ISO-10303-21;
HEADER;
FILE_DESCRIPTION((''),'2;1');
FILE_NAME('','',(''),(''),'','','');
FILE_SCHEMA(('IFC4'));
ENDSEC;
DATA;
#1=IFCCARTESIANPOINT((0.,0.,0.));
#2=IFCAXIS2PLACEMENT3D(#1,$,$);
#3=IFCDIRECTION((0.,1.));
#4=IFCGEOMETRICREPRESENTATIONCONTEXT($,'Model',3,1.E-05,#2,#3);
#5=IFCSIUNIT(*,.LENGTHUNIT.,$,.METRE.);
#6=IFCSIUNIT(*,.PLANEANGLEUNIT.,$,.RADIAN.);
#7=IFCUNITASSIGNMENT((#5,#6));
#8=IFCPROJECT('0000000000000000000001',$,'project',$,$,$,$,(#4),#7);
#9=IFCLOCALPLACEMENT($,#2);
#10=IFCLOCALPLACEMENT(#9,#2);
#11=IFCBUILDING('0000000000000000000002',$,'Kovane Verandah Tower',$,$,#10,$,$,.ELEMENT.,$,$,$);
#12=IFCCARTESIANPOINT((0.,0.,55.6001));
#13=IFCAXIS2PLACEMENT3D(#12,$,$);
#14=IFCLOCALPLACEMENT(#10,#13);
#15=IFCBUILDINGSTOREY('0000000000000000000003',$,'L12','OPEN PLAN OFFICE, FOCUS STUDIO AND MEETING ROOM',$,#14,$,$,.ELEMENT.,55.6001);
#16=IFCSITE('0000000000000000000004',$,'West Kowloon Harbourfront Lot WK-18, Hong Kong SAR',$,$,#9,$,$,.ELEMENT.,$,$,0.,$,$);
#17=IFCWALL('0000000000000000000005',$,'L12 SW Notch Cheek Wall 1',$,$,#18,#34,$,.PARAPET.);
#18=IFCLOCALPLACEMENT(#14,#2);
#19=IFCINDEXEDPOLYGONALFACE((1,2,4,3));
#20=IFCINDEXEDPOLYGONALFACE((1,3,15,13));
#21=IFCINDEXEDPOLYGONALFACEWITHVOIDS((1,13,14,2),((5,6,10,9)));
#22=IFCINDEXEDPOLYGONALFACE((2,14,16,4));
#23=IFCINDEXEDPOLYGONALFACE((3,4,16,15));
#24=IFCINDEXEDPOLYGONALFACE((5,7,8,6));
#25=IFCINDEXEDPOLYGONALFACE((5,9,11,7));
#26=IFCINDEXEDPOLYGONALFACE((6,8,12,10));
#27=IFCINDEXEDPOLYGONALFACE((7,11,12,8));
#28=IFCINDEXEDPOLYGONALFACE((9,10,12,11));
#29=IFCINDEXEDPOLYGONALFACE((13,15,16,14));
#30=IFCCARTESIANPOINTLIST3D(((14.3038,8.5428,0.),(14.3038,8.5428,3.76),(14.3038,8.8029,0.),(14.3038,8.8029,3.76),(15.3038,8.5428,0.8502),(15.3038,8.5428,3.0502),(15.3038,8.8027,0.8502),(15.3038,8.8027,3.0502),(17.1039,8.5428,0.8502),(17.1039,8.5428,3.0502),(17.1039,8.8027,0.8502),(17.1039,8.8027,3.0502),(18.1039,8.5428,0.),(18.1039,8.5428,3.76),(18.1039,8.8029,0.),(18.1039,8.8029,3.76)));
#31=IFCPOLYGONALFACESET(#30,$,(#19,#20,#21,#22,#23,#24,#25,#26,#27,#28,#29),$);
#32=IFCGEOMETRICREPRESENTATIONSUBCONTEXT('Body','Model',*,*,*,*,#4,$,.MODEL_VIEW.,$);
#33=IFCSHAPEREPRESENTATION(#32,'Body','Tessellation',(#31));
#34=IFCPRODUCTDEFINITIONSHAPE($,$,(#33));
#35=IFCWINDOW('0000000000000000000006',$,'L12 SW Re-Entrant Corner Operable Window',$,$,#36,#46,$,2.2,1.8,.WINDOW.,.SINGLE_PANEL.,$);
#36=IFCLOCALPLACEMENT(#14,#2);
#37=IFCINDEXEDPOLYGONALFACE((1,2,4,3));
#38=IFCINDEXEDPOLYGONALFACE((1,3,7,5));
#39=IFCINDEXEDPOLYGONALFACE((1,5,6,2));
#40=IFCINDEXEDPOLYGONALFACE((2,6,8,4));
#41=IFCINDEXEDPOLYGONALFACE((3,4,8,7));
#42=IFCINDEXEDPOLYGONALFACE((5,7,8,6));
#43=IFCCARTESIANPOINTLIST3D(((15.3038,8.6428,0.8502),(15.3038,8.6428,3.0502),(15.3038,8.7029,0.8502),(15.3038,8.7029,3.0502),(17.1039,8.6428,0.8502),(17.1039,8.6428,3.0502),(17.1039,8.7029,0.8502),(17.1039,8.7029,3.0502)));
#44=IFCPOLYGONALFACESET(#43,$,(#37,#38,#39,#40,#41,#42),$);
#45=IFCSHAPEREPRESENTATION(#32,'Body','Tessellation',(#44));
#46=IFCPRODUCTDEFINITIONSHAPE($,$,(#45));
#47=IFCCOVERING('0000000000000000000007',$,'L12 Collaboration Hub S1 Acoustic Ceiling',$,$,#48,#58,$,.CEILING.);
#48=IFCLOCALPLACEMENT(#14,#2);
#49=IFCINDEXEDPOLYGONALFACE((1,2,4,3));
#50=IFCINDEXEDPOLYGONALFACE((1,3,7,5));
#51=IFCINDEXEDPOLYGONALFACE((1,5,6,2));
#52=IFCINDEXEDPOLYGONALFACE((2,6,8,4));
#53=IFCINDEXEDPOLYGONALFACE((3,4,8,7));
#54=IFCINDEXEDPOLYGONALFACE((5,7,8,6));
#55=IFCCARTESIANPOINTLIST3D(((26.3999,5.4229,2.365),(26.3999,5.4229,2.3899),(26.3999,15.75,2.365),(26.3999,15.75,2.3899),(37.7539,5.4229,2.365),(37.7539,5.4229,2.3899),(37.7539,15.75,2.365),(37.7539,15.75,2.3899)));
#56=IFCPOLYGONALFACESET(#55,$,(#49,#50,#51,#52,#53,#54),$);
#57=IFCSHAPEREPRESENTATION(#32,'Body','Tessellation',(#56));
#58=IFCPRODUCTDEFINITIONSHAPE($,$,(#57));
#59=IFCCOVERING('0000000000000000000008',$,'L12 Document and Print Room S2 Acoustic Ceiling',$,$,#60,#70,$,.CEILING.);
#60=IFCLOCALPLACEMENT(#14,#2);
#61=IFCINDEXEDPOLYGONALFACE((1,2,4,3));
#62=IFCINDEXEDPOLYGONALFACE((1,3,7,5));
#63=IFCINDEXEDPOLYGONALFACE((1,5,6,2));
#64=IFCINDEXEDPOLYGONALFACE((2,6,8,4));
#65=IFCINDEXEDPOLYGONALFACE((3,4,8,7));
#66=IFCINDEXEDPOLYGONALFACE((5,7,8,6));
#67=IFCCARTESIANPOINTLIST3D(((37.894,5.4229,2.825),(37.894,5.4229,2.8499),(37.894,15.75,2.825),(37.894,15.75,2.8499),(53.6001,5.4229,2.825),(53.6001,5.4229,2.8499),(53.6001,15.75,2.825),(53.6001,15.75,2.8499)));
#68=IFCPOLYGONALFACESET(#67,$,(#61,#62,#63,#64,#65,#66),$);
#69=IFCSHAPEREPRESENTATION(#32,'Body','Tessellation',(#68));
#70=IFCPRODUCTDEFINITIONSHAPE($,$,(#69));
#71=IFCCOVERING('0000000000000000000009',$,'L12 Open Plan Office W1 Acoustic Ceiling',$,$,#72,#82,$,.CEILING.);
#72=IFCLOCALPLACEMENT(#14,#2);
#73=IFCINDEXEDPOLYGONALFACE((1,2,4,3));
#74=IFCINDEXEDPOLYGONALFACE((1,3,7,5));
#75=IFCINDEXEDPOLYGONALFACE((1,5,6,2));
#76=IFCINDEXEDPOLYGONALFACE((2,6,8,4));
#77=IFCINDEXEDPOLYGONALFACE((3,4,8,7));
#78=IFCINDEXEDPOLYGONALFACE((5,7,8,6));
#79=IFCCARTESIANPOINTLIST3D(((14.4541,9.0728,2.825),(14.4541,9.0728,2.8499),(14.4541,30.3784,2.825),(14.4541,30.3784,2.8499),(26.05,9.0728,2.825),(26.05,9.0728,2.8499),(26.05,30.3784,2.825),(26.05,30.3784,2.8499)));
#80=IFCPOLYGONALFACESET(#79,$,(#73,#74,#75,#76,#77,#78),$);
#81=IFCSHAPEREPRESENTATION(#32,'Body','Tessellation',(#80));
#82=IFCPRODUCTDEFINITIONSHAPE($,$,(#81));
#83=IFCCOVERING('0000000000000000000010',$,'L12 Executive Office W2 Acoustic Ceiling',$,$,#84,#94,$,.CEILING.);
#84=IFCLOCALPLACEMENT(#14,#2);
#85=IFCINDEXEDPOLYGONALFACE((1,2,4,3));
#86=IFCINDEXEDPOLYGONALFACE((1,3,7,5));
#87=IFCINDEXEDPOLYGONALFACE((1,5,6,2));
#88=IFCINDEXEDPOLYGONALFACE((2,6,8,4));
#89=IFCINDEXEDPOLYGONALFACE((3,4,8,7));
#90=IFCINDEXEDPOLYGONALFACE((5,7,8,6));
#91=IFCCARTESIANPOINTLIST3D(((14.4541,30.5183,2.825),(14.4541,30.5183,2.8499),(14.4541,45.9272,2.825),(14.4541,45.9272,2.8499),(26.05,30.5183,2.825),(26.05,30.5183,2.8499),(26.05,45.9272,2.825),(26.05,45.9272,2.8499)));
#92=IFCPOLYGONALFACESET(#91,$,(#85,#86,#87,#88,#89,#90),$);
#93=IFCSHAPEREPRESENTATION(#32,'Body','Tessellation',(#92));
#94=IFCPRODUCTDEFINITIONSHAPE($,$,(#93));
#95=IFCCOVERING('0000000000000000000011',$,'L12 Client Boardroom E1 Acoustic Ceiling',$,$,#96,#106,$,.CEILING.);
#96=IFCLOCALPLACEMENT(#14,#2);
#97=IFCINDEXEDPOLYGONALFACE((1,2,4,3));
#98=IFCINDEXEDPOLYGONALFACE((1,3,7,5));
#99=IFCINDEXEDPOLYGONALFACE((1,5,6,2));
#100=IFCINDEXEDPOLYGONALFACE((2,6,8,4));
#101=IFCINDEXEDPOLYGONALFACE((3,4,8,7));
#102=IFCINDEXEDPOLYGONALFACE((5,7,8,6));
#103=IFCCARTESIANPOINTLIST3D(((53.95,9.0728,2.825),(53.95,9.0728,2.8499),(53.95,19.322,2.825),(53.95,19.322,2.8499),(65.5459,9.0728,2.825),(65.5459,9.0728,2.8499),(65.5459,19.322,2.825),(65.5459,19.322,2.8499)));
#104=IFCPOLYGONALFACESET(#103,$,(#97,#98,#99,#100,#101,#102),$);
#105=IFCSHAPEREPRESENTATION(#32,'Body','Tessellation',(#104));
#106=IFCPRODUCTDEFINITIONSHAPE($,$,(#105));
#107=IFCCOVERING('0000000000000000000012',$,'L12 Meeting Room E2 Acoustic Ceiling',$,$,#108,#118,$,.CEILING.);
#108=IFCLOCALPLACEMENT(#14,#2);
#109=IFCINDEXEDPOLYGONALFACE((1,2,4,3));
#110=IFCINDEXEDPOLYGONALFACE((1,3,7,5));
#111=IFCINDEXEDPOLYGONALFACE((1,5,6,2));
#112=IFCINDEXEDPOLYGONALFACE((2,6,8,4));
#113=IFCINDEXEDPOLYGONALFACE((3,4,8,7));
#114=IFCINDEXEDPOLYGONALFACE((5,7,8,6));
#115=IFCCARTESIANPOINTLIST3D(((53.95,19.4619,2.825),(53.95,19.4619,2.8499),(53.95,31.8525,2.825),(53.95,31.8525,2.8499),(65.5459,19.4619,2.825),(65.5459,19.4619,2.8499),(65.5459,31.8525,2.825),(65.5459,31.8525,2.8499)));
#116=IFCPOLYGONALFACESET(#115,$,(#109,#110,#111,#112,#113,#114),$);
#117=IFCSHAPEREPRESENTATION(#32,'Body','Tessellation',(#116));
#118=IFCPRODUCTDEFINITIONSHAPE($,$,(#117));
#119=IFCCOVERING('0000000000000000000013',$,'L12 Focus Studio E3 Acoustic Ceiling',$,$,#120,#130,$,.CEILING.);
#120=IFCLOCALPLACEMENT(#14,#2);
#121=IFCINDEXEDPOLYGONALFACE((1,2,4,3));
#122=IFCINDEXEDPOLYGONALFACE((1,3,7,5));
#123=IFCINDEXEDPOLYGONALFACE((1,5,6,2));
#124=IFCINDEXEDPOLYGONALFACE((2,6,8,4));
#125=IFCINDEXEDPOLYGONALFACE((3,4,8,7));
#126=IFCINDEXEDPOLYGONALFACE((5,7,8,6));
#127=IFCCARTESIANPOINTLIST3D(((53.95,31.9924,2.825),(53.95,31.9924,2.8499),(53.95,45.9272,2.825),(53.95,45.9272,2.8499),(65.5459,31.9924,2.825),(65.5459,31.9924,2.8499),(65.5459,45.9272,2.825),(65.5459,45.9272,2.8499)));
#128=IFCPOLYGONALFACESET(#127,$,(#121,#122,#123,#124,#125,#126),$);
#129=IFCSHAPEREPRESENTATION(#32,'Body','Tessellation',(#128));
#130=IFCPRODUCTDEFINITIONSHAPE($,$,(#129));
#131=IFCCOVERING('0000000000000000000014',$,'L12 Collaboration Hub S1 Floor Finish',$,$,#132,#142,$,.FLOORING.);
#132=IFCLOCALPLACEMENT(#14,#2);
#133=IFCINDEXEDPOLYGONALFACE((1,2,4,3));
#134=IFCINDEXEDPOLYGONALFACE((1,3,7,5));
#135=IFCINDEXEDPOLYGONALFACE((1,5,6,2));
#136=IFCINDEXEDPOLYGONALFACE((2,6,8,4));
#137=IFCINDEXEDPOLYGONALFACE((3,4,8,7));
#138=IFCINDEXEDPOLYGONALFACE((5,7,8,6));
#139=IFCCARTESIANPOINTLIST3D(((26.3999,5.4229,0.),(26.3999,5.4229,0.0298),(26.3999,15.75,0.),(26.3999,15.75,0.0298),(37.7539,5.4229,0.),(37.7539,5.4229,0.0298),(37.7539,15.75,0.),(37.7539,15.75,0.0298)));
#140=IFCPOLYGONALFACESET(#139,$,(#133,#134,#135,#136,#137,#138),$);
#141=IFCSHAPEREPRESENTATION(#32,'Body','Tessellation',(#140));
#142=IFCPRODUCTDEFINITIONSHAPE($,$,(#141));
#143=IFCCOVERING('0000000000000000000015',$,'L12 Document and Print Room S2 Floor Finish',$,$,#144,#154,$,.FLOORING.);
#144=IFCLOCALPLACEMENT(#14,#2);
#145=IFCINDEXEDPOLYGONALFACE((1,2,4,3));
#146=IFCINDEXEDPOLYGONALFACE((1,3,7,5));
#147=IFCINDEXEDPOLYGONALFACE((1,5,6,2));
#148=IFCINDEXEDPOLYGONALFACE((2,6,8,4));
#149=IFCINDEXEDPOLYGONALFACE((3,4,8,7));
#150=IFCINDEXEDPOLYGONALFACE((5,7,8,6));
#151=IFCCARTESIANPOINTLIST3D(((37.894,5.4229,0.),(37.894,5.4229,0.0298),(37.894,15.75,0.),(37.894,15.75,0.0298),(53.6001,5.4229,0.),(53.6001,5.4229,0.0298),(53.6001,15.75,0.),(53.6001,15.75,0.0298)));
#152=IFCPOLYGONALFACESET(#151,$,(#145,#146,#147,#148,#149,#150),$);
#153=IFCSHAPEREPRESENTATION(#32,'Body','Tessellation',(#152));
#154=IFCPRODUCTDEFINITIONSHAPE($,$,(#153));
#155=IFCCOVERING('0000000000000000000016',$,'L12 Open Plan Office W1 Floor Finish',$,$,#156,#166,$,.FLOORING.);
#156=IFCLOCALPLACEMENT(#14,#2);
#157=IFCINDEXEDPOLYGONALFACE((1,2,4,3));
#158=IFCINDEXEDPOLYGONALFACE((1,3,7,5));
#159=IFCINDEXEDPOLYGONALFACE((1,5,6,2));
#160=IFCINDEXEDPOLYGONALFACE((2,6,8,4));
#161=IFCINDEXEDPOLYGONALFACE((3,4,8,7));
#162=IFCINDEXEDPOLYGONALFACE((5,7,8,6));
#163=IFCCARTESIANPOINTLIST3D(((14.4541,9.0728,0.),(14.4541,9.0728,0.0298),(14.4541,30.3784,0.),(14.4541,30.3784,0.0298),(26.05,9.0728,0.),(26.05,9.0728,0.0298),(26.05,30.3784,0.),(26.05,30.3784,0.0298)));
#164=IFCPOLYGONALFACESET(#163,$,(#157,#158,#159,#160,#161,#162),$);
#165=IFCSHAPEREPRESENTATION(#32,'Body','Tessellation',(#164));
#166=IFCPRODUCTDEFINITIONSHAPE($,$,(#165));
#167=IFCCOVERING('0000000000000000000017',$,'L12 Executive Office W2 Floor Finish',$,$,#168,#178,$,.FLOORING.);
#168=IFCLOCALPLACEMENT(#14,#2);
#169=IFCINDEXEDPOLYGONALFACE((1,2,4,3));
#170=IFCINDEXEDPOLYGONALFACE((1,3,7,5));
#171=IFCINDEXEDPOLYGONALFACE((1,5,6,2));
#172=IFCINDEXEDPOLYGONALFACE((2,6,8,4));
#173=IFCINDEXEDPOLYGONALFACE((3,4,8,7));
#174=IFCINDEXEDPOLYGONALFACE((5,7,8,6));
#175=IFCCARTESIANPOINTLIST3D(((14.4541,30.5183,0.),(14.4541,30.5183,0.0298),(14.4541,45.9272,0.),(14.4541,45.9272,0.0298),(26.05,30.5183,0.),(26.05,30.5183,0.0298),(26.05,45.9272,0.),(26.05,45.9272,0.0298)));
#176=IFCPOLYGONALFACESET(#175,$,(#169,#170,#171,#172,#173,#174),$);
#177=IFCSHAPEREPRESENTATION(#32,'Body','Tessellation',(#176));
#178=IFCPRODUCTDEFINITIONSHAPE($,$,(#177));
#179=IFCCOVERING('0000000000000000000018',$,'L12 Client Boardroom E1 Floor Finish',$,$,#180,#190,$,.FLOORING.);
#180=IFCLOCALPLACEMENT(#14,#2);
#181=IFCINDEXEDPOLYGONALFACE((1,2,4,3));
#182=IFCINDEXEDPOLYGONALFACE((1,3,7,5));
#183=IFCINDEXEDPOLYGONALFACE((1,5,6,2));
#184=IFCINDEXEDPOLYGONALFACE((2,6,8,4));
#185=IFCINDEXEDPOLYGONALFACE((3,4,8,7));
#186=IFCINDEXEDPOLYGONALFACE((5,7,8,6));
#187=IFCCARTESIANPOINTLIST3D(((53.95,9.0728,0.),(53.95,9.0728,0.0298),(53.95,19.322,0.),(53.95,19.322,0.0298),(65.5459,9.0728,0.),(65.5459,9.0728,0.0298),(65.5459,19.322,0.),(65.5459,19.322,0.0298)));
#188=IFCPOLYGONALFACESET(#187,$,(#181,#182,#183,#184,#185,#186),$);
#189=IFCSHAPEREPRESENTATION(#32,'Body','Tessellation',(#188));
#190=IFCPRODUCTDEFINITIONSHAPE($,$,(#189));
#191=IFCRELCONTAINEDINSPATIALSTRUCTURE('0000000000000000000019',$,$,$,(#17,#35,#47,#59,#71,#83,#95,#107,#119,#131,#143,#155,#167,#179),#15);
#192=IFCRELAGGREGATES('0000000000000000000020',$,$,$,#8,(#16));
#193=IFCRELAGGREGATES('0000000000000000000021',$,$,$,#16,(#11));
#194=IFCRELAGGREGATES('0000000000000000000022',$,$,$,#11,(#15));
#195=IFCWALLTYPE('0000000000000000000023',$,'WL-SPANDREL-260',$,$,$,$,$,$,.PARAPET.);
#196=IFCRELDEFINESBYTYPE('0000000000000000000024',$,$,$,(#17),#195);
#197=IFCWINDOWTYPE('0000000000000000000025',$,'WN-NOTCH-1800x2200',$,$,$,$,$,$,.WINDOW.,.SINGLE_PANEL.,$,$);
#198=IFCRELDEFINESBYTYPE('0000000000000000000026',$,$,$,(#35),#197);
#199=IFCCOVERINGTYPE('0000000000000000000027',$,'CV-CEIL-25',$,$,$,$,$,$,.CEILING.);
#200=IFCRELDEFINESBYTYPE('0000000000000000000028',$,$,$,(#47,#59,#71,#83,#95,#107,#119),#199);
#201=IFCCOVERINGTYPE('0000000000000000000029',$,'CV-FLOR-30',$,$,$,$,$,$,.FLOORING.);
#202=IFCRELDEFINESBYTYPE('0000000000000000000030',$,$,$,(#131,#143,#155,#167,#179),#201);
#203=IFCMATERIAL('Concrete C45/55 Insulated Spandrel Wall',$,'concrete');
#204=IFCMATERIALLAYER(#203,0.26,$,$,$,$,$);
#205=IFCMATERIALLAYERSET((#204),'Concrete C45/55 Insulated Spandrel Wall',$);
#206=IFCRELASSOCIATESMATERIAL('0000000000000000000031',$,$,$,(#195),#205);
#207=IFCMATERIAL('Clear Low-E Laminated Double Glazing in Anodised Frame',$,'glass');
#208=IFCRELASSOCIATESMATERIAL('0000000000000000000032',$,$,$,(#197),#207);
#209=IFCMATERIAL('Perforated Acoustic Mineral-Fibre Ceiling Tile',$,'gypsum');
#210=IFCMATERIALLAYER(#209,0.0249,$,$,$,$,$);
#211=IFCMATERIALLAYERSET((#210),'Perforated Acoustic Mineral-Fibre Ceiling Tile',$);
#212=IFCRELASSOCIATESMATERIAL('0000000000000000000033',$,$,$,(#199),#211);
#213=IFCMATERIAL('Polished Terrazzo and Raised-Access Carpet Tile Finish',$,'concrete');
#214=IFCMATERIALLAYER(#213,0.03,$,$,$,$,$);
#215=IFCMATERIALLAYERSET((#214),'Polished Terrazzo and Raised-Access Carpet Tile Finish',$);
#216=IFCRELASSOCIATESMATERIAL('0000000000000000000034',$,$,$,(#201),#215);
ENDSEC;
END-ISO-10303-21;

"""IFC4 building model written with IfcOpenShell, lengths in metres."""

from ifc_helpers import new_model, si_unit, direction, frame, frame_2d, origin, place, context, subcontext, project, spatial, polyline, rectangle, outline, extrude, material, layer, layer_set, type_object, element, fill, save


model = new_model("IFC4")

# Units and contexts
model_context = context("Model", 3, precision=1e-05, world=origin(), true_north=direction((0.0, 1.0)))
body_context = subcontext(model_context, "Body", "Model", "MODEL_VIEW")
ifc_project = project(units=[si_unit("LENGTHUNIT", "METRE"), si_unit("PLANEANGLEUNIT", "RADIAN")], contexts=[model_context])

# Site, building, storey
site_placement = place(None, origin())
site = spatial("IfcSite", under=ifc_project, at=site_placement, Name="West Kowloon Harbourfront Lot WK-18, Hong Kong SAR", CompositionType="ELEMENT", RefElevation=0.0)
building_placement = place(site_placement, origin())
building = spatial("IfcBuilding", under=site, at=building_placement, Name="Kovane Verandah Tower", CompositionType="ELEMENT")
storey_placement = place(building_placement, frame((0.0, 0.0, 55.6001)))
storey = spatial("IfcBuildingStorey", under=building, at=storey_placement, Name="L12", Description="OPEN PLAN OFFICE, FOCUS STUDIO AND MEETING ROOM", CompositionType="ELEMENT", Elevation=55.6001)

# Shared definitions
ifc_material_1 = material(Name="Concrete C45/55 Insulated Spandrel Wall", Category="concrete")
ifc_layer_1 = layer(ifc_material_1, 0.26)
ifc_layer_set_1 = layer_set([ifc_layer_1], Name="Concrete C45/55 Insulated Spandrel Wall")
wall_type = type_object("IfcWallType", Name="WL-SPANDREL-260", PredefinedType="PARAPET", material=ifc_layer_set_1)
ifc_material_2 = material(Name="Clear Low-E Laminated Double Glazing in Anodised Frame", Category="glass")
window_type = type_object("IfcWindowType", Name="WN-NOTCH-1800x2200", PartitioningType="SINGLE_PANEL", PredefinedType="WINDOW", material=ifc_material_2)

# Wall, opening, window
wall_1_placement = place(storey_placement, frame((14.304, 8.6729, 0.0), z_axis=(0.0, 0.0, 1.0), x_axis=(1.0, 0.0, 0.0)))
wall_1 = element("IfcWall", 1, at=wall_1_placement, inside=storey, type_object=wall_type, Name="L12 SW Notch Cheek Wall 1", PredefinedType="PARAPET", context=body_context, shape_type="SweptSolid", body=[
    extrude(rectangle(XDim=3.8, YDim=0.26, at=frame_2d((1.8999, 0.0))), origin(), (0.0, 0.0, 1.0), 3.76),
])
opening_1_placement = place(wall_1_placement, frame((1.0, 0.0, 0.8501)))
opening_1 = element("IfcOpeningElement", 2, at=opening_1_placement, cuts=wall_1, PredefinedType="OPENING", context=body_context, shape_type="SweptSolid", body=[
    extrude(rectangle(XDim=1.8, YDim=2.2, at=frame_2d((0.8999, 1.1001))), frame((0.0, 0.1299, 0.0), z_axis=(0.0, -1.0, 0.0), x_axis=(1.0, 0.0, 0.0)), (0.0, 0.0, 1.0), 0.26),
])
window_1_placement = place(opening_1_placement, origin())
window_1 = element("IfcWindow", 3, at=window_1_placement, inside=storey, type_object=window_type, Name="L12 SW Re-Entrant Corner Operable Window", OverallHeight=2.2, OverallWidth=1.8, PartitioningType="SINGLE_PANEL", PredefinedType="WINDOW", context=body_context, shape_type="SweptSolid", body=[
    extrude(rectangle(XDim=1.8, YDim=2.2, at=frame_2d((0.8999, 1.1001))), frame((0.0, 0.03, 0.0), z_axis=(0.0, -1.0, 0.0), x_axis=(1.0, 0.0, 0.0)), (0.0, 0.0, 1.0), 0.0601),
])
fill(opening_1, window_1)

# Coverings
ifc_material_3 = material(Name="Perforated Acoustic Mineral-Fibre Ceiling Tile", Category="gypsum")
ifc_layer_2 = layer(ifc_material_3, 0.0249)
ifc_layer_set_2 = layer_set([ifc_layer_2], Name="Perforated Acoustic Mineral-Fibre Ceiling Tile")
covering_type_1 = type_object("IfcCoveringType", Name="CV-CEIL-25", PredefinedType="CEILING", material=ifc_layer_set_2)
covering_1_placement = place(storey_placement, frame((0.0, 0.0, 2.365)))
element("IfcCovering", 4, at=covering_1_placement, inside=storey, type_object=covering_type_1, Name="L12 Collaboration Hub S1 Acoustic Ceiling", PredefinedType="CEILING", context=body_context, shape_type="SweptSolid", body=[
    extrude(outline(polyline([(26.3999, 5.4229), (37.7539, 5.4229), (37.7539, 15.75), (26.3999, 15.75), (26.3999, 5.4229)])), origin(), (0.0, 0.0, 1.0), 0.0249),
])
covering_2_placement = place(storey_placement, frame((0.0, 0.0, 2.825)))
element("IfcCovering", 5, at=covering_2_placement, inside=storey, type_object=covering_type_1, Name="L12 Document and Print Room S2 Acoustic Ceiling", PredefinedType="CEILING", context=body_context, shape_type="SweptSolid", body=[
    extrude(outline(polyline([(37.894, 5.4229), (53.6001, 5.4229), (53.6001, 15.75), (37.894, 15.75), (37.894, 5.4229)])), origin(), (0.0, 0.0, 1.0), 0.0249),
])
covering_3_placement = place(storey_placement, frame((0.0, 0.0, 2.825)))
element("IfcCovering", 6, at=covering_3_placement, inside=storey, type_object=covering_type_1, Name="L12 Open Plan Office W1 Acoustic Ceiling", PredefinedType="CEILING", context=body_context, shape_type="SweptSolid", body=[
    extrude(outline(polyline([(14.4541, 9.0728), (26.05, 9.0728), (26.05, 30.3784), (14.4541, 30.3784), (14.4541, 9.0728)])), origin(), (0.0, 0.0, 1.0), 0.0249),
])
covering_4_placement = place(storey_placement, frame((0.0, 0.0, 2.825)))
element("IfcCovering", 7, at=covering_4_placement, inside=storey, type_object=covering_type_1, Name="L12 Executive Office W2 Acoustic Ceiling", PredefinedType="CEILING", context=body_context, shape_type="SweptSolid", body=[
    extrude(outline(polyline([(14.4541, 30.5183), (26.05, 30.5183), (26.05, 45.9272), (14.4541, 45.9272), (14.4541, 30.5183)])), origin(), (0.0, 0.0, 1.0), 0.0249),
])
covering_5_placement = place(storey_placement, frame((0.0, 0.0, 2.825)))
element("IfcCovering", 8, at=covering_5_placement, inside=storey, type_object=covering_type_1, Name="L12 Client Boardroom E1 Acoustic Ceiling", PredefinedType="CEILING", context=body_context, shape_type="SweptSolid", body=[
    extrude(outline(polyline([(53.95, 9.0728), (65.5459, 9.0728), (65.5459, 19.322), (53.95, 19.322), (53.95, 9.0728)])), origin(), (0.0, 0.0, 1.0), 0.0249),
])
covering_6_placement = place(storey_placement, frame((0.0, 0.0, 2.825)))
element("IfcCovering", 9, at=covering_6_placement, inside=storey, type_object=covering_type_1, Name="L12 Meeting Room E2 Acoustic Ceiling", PredefinedType="CEILING", context=body_context, shape_type="SweptSolid", body=[
    extrude(outline(polyline([(53.95, 19.4619), (65.5459, 19.4619), (65.5459, 31.8525), (53.95, 31.8525), (53.95, 19.4619)])), origin(), (0.0, 0.0, 1.0), 0.0249),
])
covering_7_placement = place(storey_placement, frame((0.0, 0.0, 2.825)))
element("IfcCovering", 10, at=covering_7_placement, inside=storey, type_object=covering_type_1, Name="L12 Focus Studio E3 Acoustic Ceiling", PredefinedType="CEILING", context=body_context, shape_type="SweptSolid", body=[
    extrude(outline(polyline([(53.95, 31.9924), (65.5459, 31.9924), (65.5459, 45.9272), (53.95, 45.9272), (53.95, 31.9924)])), origin(), (0.0, 0.0, 1.0), 0.0249),
])
ifc_material_4 = material(Name="Polished Terrazzo and Raised-Access Carpet Tile Finish", Category="concrete")
ifc_layer_3 = layer(ifc_material_4, 0.03)
ifc_layer_set_3 = layer_set([ifc_layer_3], Name="Polished Terrazzo and Raised-Access Carpet Tile Finish")
covering_type_2 = type_object("IfcCoveringType", Name="CV-FLOR-30", PredefinedType="FLOORING", material=ifc_layer_set_3)
covering_8_placement = place(storey_placement, origin())
element("IfcCovering", 11, at=covering_8_placement, inside=storey, type_object=covering_type_2, Name="L12 Collaboration Hub S1 Floor Finish", PredefinedType="FLOORING", context=body_context, shape_type="SweptSolid", body=[
    extrude(outline(polyline([(26.3999, 5.4229), (37.7539, 5.4229), (37.7539, 15.75), (26.3999, 15.75), (26.3999, 5.4229)])), origin(), (0.0, 0.0, 1.0), 0.0298),
])
covering_9_placement = place(storey_placement, origin())
element("IfcCovering", 12, at=covering_9_placement, inside=storey, type_object=covering_type_2, Name="L12 Document and Print Room S2 Floor Finish", PredefinedType="FLOORING", context=body_context, shape_type="SweptSolid", body=[
    extrude(outline(polyline([(37.894, 5.4229), (53.6001, 5.4229), (53.6001, 15.75), (37.894, 15.75), (37.894, 5.4229)])), origin(), (0.0, 0.0, 1.0), 0.0298),
])
covering_10_placement = place(storey_placement, origin())
element("IfcCovering", 13, at=covering_10_placement, inside=storey, type_object=covering_type_2, Name="L12 Open Plan Office W1 Floor Finish", PredefinedType="FLOORING", context=body_context, shape_type="SweptSolid", body=[
    extrude(outline(polyline([(14.4541, 9.0728), (26.05, 9.0728), (26.05, 30.3784), (14.4541, 30.3784), (14.4541, 9.0728)])), origin(), (0.0, 0.0, 1.0), 0.0298),
])
covering_11_placement = place(storey_placement, origin())
element("IfcCovering", 14, at=covering_11_placement, inside=storey, type_object=covering_type_2, Name="L12 Executive Office W2 Floor Finish", PredefinedType="FLOORING", context=body_context, shape_type="SweptSolid", body=[
    extrude(outline(polyline([(14.4541, 30.5183), (26.05, 30.5183), (26.05, 45.9272), (14.4541, 45.9272), (14.4541, 30.5183)])), origin(), (0.0, 0.0, 1.0), 0.0298),
])
covering_12_placement = place(storey_placement, origin())
element("IfcCovering", 15, at=covering_12_placement, inside=storey, type_object=covering_type_2, Name="L12 Client Boardroom E1 Floor Finish", PredefinedType="FLOORING", context=body_context, shape_type="SweptSolid", body=[
    extrude(outline(polyline([(53.95, 9.0728), (65.5459, 9.0728), (65.5459, 19.322), (53.95, 19.322), (53.95, 9.0728)])), origin(), (0.0, 0.0, 1.0), 0.0298),
])

save(model, "model.ifc")
